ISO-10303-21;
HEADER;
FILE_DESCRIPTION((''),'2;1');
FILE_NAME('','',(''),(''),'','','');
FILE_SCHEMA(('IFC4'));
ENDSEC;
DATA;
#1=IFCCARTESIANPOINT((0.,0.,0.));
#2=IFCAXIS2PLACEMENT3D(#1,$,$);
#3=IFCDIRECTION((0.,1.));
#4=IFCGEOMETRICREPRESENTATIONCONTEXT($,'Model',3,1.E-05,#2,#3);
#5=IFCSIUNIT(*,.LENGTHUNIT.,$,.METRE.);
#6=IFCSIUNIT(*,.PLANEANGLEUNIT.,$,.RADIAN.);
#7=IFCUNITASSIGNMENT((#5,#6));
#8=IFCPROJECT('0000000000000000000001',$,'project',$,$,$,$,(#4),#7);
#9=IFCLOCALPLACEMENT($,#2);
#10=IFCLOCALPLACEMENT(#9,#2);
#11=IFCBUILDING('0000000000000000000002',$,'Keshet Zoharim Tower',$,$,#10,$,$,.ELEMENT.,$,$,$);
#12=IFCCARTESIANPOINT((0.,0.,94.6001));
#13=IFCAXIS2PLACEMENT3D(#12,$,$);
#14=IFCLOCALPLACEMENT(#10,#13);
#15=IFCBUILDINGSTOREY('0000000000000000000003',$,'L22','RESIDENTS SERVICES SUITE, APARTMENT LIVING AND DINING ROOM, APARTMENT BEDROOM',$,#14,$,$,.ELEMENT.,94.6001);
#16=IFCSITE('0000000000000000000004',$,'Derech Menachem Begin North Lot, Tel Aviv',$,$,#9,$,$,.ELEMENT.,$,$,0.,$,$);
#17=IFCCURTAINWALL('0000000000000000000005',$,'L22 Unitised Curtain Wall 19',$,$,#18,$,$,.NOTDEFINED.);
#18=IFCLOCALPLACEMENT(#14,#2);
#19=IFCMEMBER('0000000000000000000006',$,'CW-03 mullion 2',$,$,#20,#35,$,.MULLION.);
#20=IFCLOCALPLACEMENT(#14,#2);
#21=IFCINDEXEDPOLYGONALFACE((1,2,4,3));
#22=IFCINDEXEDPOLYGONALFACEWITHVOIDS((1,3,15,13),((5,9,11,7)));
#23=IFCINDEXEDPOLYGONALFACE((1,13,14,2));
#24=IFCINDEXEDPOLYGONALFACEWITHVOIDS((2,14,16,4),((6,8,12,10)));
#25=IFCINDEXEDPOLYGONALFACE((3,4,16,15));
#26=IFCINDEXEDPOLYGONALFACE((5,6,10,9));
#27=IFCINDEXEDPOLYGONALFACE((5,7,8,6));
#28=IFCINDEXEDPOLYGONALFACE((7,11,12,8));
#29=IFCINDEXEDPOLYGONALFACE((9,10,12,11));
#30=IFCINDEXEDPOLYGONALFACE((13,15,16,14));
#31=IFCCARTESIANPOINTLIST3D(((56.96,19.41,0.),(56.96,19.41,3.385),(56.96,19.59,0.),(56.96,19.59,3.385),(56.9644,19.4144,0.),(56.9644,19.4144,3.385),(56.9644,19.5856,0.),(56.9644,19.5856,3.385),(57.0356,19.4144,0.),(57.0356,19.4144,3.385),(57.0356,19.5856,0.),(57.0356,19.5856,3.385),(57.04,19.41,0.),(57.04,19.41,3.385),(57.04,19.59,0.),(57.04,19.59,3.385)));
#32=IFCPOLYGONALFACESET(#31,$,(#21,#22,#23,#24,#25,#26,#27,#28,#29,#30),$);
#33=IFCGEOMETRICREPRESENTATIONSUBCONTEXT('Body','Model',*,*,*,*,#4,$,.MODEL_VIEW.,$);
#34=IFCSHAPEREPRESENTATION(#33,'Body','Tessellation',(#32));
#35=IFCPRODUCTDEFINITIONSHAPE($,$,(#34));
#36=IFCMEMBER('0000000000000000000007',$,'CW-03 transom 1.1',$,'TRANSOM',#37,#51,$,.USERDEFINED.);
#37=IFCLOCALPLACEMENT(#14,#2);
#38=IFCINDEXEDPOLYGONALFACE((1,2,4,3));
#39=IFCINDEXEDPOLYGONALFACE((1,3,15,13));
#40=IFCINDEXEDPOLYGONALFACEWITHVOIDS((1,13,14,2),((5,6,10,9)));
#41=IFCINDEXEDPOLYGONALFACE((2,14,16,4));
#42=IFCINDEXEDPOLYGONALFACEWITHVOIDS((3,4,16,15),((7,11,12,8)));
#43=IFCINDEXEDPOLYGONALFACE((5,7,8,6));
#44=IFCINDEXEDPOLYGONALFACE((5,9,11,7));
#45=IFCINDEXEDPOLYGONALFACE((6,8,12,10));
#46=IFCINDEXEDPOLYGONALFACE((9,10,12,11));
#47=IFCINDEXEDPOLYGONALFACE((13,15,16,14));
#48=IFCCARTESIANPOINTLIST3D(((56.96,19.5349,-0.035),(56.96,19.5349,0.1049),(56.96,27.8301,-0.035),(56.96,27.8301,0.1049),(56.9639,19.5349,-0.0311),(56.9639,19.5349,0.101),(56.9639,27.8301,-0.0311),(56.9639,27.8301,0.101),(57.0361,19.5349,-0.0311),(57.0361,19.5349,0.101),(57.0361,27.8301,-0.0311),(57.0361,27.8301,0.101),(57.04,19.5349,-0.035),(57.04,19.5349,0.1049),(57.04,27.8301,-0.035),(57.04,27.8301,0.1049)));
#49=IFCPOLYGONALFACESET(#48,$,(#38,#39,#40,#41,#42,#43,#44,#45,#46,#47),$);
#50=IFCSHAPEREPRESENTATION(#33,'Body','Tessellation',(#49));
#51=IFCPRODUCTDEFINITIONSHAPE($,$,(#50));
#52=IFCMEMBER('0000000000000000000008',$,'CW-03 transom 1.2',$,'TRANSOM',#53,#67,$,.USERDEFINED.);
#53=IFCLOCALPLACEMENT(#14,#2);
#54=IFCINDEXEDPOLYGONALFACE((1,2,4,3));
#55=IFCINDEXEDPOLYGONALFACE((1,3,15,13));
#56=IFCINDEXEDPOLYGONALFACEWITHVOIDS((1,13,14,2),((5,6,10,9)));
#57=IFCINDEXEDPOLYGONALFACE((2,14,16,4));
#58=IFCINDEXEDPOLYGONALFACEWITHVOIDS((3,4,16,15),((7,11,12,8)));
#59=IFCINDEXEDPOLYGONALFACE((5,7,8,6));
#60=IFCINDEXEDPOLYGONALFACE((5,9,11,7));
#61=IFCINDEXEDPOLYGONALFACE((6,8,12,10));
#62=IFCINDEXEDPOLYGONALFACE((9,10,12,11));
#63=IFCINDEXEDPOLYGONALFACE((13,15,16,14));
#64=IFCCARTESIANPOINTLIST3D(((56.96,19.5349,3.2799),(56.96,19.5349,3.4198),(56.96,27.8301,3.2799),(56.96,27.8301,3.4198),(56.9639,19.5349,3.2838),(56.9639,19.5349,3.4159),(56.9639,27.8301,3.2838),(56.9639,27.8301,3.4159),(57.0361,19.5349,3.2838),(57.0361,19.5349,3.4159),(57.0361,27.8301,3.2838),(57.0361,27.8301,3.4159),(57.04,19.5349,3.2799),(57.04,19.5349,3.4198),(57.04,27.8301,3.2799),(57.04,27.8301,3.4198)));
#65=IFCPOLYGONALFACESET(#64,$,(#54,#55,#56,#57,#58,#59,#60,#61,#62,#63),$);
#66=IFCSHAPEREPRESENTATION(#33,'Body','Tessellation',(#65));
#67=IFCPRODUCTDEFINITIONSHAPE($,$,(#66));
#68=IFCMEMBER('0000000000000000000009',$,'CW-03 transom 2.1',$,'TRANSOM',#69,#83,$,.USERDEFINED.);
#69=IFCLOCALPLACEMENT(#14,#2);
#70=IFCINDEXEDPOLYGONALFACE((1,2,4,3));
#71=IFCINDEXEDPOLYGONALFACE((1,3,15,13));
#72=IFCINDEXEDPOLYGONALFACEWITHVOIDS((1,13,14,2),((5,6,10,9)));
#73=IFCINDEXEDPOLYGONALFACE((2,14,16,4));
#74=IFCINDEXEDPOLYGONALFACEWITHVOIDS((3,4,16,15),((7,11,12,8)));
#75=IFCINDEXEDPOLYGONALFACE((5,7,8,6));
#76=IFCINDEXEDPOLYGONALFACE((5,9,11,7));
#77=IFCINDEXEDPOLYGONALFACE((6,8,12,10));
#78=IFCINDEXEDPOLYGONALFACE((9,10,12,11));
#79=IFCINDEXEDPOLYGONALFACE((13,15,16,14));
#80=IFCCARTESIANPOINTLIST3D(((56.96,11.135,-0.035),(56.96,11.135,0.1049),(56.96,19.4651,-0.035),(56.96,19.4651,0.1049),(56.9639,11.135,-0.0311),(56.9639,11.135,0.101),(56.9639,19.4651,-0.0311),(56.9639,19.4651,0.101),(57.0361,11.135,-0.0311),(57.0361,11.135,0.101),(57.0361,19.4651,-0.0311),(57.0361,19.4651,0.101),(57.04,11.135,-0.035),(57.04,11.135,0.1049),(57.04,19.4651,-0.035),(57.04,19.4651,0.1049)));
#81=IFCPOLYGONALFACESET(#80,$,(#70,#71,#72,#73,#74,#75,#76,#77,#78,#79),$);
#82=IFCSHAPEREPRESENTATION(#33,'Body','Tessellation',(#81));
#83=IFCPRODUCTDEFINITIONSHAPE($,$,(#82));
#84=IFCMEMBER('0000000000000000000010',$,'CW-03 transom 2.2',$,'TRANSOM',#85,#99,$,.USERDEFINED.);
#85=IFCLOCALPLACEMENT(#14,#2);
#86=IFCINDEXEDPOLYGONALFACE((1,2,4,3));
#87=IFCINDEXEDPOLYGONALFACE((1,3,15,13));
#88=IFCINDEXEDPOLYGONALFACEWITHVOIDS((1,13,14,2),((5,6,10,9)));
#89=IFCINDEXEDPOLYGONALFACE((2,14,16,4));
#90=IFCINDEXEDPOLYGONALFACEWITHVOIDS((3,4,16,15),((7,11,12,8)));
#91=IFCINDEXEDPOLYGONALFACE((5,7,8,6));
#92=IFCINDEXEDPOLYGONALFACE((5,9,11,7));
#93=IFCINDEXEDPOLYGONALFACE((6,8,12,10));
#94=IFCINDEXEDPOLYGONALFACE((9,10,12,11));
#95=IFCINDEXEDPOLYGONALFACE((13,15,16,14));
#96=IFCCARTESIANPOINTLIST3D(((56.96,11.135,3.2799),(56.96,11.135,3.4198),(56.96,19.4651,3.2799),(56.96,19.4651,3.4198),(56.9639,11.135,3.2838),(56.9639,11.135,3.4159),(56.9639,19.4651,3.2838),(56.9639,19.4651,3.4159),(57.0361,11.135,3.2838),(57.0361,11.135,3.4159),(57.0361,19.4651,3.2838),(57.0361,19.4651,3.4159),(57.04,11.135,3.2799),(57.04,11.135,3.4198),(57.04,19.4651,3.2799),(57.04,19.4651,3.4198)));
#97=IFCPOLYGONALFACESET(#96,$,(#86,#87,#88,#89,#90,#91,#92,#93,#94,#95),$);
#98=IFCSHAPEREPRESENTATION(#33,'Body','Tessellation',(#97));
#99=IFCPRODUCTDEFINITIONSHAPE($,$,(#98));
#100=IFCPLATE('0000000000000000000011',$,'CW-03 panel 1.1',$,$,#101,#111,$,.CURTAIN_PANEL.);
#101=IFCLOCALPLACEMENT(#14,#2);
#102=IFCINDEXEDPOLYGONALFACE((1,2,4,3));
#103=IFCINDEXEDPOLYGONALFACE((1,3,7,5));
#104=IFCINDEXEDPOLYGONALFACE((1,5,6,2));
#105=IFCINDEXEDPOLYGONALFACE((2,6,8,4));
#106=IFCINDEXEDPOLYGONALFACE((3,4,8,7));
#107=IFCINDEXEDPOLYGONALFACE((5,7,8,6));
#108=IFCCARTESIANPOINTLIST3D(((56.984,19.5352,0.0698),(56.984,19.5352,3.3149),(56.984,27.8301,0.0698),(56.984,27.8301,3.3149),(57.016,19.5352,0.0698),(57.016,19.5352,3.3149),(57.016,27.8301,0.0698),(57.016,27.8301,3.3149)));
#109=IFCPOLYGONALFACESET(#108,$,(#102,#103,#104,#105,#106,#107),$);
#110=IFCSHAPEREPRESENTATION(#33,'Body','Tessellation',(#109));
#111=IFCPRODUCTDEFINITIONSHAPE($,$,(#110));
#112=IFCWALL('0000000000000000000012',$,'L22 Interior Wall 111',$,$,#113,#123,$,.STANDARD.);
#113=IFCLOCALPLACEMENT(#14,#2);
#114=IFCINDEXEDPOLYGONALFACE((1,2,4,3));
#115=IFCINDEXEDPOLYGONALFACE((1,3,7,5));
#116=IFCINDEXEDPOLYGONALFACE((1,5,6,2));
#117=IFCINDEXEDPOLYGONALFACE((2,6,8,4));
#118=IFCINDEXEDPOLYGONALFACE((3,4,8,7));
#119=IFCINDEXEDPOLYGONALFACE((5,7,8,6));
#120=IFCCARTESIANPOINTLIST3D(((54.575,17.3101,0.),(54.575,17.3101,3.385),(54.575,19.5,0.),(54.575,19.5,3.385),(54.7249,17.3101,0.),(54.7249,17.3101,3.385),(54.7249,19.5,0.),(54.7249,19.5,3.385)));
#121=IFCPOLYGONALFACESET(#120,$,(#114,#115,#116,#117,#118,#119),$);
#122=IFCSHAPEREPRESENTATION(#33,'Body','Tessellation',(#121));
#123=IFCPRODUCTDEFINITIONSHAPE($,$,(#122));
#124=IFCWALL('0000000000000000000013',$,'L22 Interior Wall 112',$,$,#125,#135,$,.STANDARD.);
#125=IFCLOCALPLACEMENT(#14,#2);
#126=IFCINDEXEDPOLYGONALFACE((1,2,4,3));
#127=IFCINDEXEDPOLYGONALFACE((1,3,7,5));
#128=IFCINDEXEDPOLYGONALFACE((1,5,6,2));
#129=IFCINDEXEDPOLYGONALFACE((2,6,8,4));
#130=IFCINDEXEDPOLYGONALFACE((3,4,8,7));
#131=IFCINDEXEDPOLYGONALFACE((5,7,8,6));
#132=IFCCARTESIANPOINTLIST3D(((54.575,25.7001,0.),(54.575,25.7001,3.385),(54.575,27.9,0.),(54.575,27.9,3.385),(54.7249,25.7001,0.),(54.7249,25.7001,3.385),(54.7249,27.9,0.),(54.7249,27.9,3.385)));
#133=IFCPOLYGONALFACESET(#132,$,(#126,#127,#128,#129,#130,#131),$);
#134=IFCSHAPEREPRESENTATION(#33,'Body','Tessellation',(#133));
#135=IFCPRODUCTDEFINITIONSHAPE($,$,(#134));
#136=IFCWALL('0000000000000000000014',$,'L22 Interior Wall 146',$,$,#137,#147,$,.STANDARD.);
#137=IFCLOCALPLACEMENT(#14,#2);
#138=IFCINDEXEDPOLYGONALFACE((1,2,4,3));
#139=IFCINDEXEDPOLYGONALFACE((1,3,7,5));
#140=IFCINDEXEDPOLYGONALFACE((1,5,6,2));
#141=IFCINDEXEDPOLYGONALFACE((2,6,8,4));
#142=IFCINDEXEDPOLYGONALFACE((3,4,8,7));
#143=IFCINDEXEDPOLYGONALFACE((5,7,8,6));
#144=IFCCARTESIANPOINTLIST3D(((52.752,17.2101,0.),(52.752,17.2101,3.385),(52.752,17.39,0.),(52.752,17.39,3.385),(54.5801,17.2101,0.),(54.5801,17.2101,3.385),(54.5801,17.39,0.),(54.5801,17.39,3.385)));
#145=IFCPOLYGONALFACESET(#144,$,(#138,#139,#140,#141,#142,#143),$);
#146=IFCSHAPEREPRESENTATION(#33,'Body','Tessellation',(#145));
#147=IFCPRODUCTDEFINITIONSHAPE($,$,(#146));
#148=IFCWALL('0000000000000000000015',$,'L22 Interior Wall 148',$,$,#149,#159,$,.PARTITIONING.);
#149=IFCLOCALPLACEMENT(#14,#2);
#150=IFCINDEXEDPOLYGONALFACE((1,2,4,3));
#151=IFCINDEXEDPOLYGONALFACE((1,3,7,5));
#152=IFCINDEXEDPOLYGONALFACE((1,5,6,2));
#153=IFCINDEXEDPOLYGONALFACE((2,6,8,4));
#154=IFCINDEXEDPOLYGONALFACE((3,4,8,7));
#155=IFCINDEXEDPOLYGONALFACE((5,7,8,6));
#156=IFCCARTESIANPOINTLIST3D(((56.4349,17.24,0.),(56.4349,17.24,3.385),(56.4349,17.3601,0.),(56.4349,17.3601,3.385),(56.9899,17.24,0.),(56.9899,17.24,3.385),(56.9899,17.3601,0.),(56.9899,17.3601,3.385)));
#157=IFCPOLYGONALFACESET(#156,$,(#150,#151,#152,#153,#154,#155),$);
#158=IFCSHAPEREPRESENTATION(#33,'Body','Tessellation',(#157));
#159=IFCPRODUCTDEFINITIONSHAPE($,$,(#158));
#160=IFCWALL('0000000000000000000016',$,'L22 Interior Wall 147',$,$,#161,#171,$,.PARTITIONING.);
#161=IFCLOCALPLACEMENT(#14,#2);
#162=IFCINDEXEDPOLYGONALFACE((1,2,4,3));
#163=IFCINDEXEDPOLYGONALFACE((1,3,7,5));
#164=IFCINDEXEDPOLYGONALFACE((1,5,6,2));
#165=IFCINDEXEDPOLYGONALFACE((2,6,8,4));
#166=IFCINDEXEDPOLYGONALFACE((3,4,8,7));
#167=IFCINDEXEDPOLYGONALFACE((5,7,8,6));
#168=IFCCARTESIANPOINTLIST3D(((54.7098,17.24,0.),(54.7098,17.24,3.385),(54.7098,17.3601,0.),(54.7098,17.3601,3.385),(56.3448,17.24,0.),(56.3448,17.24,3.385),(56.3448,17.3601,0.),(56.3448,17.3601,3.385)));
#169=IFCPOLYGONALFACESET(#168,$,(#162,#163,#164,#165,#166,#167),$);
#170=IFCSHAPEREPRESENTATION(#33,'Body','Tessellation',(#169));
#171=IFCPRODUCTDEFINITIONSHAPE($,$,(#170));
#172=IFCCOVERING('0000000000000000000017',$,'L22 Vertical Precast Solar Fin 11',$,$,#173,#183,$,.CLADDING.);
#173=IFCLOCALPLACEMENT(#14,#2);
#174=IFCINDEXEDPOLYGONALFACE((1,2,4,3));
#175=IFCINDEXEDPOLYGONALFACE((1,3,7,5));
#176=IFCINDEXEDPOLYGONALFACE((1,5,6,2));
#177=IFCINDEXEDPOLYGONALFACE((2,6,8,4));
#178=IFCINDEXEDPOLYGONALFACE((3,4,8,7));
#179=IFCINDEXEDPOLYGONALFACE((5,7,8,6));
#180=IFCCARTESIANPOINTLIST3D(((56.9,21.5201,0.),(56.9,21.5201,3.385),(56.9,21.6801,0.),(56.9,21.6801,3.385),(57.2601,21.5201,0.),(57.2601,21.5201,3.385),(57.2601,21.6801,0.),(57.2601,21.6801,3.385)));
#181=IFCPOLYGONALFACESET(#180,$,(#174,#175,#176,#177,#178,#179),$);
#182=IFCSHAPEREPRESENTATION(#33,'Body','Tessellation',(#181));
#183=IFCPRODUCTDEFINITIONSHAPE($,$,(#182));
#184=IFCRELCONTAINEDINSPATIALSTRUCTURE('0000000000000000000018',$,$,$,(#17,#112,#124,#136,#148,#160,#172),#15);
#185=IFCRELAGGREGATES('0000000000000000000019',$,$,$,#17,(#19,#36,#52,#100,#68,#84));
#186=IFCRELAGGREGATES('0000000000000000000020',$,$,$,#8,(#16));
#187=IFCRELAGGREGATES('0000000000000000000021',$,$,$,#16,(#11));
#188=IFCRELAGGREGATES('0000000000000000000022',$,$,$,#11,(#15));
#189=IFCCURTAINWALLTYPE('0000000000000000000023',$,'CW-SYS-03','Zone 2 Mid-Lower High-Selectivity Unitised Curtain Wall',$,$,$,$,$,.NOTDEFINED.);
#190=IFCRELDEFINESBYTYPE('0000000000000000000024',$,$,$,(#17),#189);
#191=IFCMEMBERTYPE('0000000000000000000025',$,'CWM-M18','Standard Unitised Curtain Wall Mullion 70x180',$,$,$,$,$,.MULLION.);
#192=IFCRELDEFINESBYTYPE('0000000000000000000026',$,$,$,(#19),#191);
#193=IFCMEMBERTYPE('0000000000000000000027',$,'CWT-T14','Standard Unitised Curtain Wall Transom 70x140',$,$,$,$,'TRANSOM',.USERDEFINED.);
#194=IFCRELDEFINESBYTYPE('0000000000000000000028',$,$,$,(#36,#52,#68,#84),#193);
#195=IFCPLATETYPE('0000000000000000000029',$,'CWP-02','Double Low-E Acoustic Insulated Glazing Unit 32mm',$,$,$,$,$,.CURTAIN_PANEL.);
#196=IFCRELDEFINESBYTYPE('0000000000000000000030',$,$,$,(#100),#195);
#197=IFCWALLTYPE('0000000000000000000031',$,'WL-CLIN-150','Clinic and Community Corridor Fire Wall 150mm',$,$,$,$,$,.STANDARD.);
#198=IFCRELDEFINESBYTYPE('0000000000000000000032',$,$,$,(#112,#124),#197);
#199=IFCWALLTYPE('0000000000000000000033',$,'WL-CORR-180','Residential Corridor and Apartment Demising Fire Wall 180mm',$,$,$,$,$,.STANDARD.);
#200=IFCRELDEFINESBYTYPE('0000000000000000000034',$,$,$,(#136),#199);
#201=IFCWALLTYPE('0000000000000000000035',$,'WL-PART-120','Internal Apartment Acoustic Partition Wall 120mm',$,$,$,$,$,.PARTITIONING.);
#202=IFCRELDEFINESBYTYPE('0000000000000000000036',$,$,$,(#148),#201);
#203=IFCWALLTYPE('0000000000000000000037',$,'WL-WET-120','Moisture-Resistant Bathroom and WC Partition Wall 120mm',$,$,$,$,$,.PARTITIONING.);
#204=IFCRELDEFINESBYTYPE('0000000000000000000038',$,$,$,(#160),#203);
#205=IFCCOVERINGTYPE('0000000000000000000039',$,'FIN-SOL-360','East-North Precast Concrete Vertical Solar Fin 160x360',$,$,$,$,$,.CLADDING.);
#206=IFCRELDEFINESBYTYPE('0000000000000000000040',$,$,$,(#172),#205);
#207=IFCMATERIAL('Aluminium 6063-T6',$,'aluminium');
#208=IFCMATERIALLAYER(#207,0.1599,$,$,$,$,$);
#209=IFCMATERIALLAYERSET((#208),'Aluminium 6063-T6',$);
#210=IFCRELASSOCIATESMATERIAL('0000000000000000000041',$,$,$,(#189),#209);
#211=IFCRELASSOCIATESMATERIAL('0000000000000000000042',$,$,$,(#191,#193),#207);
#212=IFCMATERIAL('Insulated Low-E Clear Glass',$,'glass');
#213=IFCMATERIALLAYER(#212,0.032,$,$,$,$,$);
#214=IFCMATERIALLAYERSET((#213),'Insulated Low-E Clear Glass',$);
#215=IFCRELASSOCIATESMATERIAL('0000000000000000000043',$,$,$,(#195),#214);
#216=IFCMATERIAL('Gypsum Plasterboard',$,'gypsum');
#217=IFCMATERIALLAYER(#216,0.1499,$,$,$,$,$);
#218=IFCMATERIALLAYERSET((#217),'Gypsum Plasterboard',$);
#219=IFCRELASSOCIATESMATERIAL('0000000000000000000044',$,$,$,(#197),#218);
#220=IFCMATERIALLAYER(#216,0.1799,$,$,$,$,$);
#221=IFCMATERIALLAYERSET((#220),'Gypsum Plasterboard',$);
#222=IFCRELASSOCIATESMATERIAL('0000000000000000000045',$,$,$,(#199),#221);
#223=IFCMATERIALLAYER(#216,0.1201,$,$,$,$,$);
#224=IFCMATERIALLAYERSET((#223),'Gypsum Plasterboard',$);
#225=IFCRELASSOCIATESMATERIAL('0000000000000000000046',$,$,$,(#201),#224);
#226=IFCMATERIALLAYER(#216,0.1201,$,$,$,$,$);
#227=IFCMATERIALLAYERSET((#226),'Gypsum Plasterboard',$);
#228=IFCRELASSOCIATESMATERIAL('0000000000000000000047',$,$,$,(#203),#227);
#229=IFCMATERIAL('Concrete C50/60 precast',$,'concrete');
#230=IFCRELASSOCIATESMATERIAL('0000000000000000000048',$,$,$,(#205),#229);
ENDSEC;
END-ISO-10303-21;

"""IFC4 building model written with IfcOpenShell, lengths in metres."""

from ifc_helpers import new_model, si_unit, direction, frame, frame_2d, origin, origin_2d, place, context, subcontext, project, spatial, rectangle, hollow_rectangle, extrude, material, layer, layer_set, material_profile, profile_set, type_object, element, aggregate, save


model = new_model("IFC4")

# Units and contexts
model_context = context("Model", 3, precision=1e-05, world=origin(), true_north=direction((0.0, 1.0)))
body_context = subcontext(model_context, "Body", "Model", "MODEL_VIEW")
ifc_project = project(units=[si_unit("LENGTHUNIT", "METRE"), si_unit("PLANEANGLEUNIT", "RADIAN")], contexts=[model_context])

# Site, building, storey
site_placement = place(None, origin())
site = spatial("IfcSite", under=ifc_project, at=site_placement, Name="Derech Menachem Begin North Lot, Tel Aviv", CompositionType="ELEMENT", RefElevation=0.0)
building_placement = place(site_placement, origin())
building = spatial("IfcBuilding", under=site, at=building_placement, Name="Keshet Zoharim Tower", CompositionType="ELEMENT")
storey_placement = place(building_placement, frame((0.0, 0.0, 94.6001)))
storey = spatial("IfcBuildingStorey", under=building, at=storey_placement, Name="L22", Description="RESIDENTS SERVICES SUITE, APARTMENT LIVING AND DINING ROOM, APARTMENT BEDROOM", CompositionType="ELEMENT", Elevation=94.6001)

# Curtain wall, members, plate
ifc_material_1 = material(Name="Aluminium 6063-T6", Category="aluminium")
ifc_layer_1 = layer(ifc_material_1, 0.1599)
ifc_layer_set_1 = layer_set([ifc_layer_1], Name="Aluminium 6063-T6")
curtain_wall_type = type_object("IfcCurtainWallType", Name="CW-SYS-03", Description="Zone 2 Mid-Lower High-Selectivity Unitised Curtain Wall", PredefinedType="NOTDEFINED", material=ifc_layer_set_1)
curtain_wall_placement = place(storey_placement, origin())
curtain_wall = element("IfcCurtainWall", 1, at=curtain_wall_placement, inside=storey, type_object=curtain_wall_type, Name="L22 Unitised Curtain Wall 19", PredefinedType="NOTDEFINED")
ifc_material_profile_1 = material_profile(ifc_material_1, hollow_rectangle(XDim=0.0801, YDim=0.1799, WallThickness=0.0044, at=origin_2d()), Name="MUL-80x180")
ifc_profile_set_1 = profile_set([ifc_material_profile_1], Name="Aluminium 6063-T6")
member_type_1 = type_object("IfcMemberType", Name="CWM-M18", Description="Standard Unitised Curtain Wall Mullion 70x180", PredefinedType="MULLION", material=ifc_profile_set_1)
member_1_placement = place(storey_placement, frame((57.0, 19.5, 0.0), z_axis=(0.0, 0.0, 1.0), x_axis=(1.0, 0.0, 0.0)))
member_1 = element("IfcMember", 2, at=member_1_placement, type_object=member_type_1, Name="CW-03 mullion 2", PredefinedType="MULLION", context=body_context, shape_type="SweptSolid", body=[
    extrude(hollow_rectangle(XDim=0.0801, YDim=0.1799, WallThickness=0.0044, at=origin_2d()), origin(), (0.0, 0.0, 1.0), 3.385),
])
ifc_material_profile_2 = material_profile(ifc_material_1, hollow_rectangle(XDim=0.0801, YDim=0.1399, WallThickness=0.0039, at=origin_2d()), Name="TRN-80x140")
ifc_profile_set_2 = profile_set([ifc_material_profile_2], Name="Aluminium 6063-T6")
member_type_2 = type_object("IfcMemberType", Name="CWT-T14", Description="Standard Unitised Curtain Wall Transom 70x140", ElementType="TRANSOM", PredefinedType="USERDEFINED", material=ifc_profile_set_2)
member_2_placement = place(storey_placement, frame((57.0, 27.8301, 0.0349), z_axis=(0.0, -1.0, 0.0), x_axis=(1.0, 0.0, 0.0)))
member_2 = element("IfcMember", 3, at=member_2_placement, type_object=member_type_2, Name="CW-03 transom 1.1", ObjectType="TRANSOM", PredefinedType="USERDEFINED", context=body_context, shape_type="SweptSolid", body=[
    extrude(hollow_rectangle(XDim=0.0801, YDim=0.1399, WallThickness=0.0039, at=origin_2d()), origin(), (0.0, 0.0, 1.0), 8.2952),
])
member_3_placement = place(storey_placement, frame((57.0, 27.8301, 3.3499), z_axis=(0.0, -1.0, 0.0), x_axis=(1.0, 0.0, 0.0)))
member_3 = element("IfcMember", 4, at=member_3_placement, type_object=member_type_2, Name="CW-03 transom 1.2", ObjectType="TRANSOM", PredefinedType="USERDEFINED", context=body_context, shape_type="SweptSolid", body=[
    extrude(hollow_rectangle(XDim=0.0801, YDim=0.1399, WallThickness=0.0039, at=origin_2d()), origin(), (0.0, 0.0, 1.0), 8.2952),
])
member_4_placement = place(storey_placement, frame((57.0, 19.4651, 0.0349), z_axis=(0.0, -1.0, 0.0), x_axis=(1.0, 0.0, 0.0)))
member_4 = element("IfcMember", 5, at=member_4_placement, type_object=member_type_2, Name="CW-03 transom 2.1", ObjectType="TRANSOM", PredefinedType="USERDEFINED", context=body_context, shape_type="SweptSolid", body=[
    extrude(hollow_rectangle(XDim=0.0801, YDim=0.1399, WallThickness=0.0039, at=origin_2d()), origin(), (0.0, 0.0, 1.0), 8.3301),
])
member_5_placement = place(storey_placement, frame((57.0, 19.4651, 3.3499), z_axis=(0.0, -1.0, 0.0), x_axis=(1.0, 0.0, 0.0)))
member_5 = element("IfcMember", 6, at=member_5_placement, type_object=member_type_2, Name="CW-03 transom 2.2", ObjectType="TRANSOM", PredefinedType="USERDEFINED", context=body_context, shape_type="SweptSolid", body=[
    extrude(hollow_rectangle(XDim=0.0801, YDim=0.1399, WallThickness=0.0039, at=origin_2d()), origin(), (0.0, 0.0, 1.0), 8.3301),
])
ifc_material_2 = material(Name="Insulated Low-E Clear Glass", Category="glass")
ifc_layer_2 = layer(ifc_material_2, 0.032)
ifc_layer_set_2 = layer_set([ifc_layer_2], Name="Insulated Low-E Clear Glass")
plate_type = type_object("IfcPlateType", Name="CWP-02", Description="Double Low-E Acoustic Insulated Glazing Unit 32mm", PredefinedType="CURTAIN_PANEL", material=ifc_layer_set_2)
plate_placement = place(storey_placement, frame((57.0, 23.6826, 0.0698), z_axis=(0.0, 0.0, 1.0), x_axis=(0.0, -1.0, 0.0)))
plate = element("IfcPlate", 7, at=plate_placement, type_object=plate_type, Name="CW-03 panel 1.1", PredefinedType="CURTAIN_PANEL", context=body_context, shape_type="SweptSolid", body=[
    extrude(rectangle(XDim=8.2949, YDim=0.032, at=origin_2d()), origin(), (0.0, 0.0, 1.0), 3.2451),
])
aggregate(curtain_wall, [member_1, member_2, member_3, plate, member_4, member_5])

# Walls
ifc_material_3 = material(Name="Gypsum Plasterboard", Category="gypsum")
ifc_layer_3 = layer(ifc_material_3, 0.1499)
ifc_layer_set_3 = layer_set([ifc_layer_3], Name="Gypsum Plasterboard")
wall_type_1 = type_object("IfcWallType", Name="WL-CLIN-150", Description="Clinic and Community Corridor Fire Wall 150mm", PredefinedType="STANDARD", material=ifc_layer_set_3)
wall_1_placement = place(storey_placement, frame((54.6499, 17.3101, 0.0), z_axis=(0.0, 0.0, 1.0), x_axis=(0.0, 1.0, 0.0)))
element("IfcWall", 8, at=wall_1_placement, inside=storey, type_object=wall_type_1, Name="L22 Interior Wall 111", PredefinedType="STANDARD", context=body_context, shape_type="SweptSolid", body=[
    extrude(rectangle(XDim=2.1899, YDim=0.1499, at=frame_2d((1.095, 0.0))), origin(), (0.0, 0.0, 1.0), 3.385),
])
wall_2_placement = place(storey_placement, frame((54.6499, 25.7, 0.0), z_axis=(0.0, 0.0, 1.0), x_axis=(0.0, 1.0, 0.0)))
element("IfcWall", 9, at=wall_2_placement, inside=storey, type_object=wall_type_1, Name="L22 Interior Wall 112", PredefinedType="STANDARD", context=body_context, shape_type="SweptSolid", body=[
    extrude(rectangle(XDim=2.2, YDim=0.1499, at=frame_2d((1.1001, 0.0))), origin(), (0.0, 0.0, 1.0), 3.385),
])
ifc_layer_4 = layer(ifc_material_3, 0.1799)
ifc_layer_set_4 = layer_set([ifc_layer_4], Name="Gypsum Plasterboard")
wall_type_2 = type_object("IfcWallType", Name="WL-CORR-180", Description="Residential Corridor and Apartment Demising Fire Wall 180mm", PredefinedType="STANDARD", material=ifc_layer_set_4)
wall_3_placement = place(storey_placement, frame((52.752, 17.3, 0.0), z_axis=(0.0, 0.0, 1.0), x_axis=(1.0, 0.0, 0.0)))
element("IfcWall", 10, at=wall_3_placement, inside=storey, type_object=wall_type_2, Name="L22 Interior Wall 146", PredefinedType="STANDARD", context=body_context, shape_type="SweptSolid", body=[
    extrude(rectangle(XDim=1.8281, YDim=0.1799, at=frame_2d((0.9141, 0.0))), origin(), (0.0, 0.0, 1.0), 3.385),
])
ifc_layer_5 = layer(ifc_material_3, 0.1201)
ifc_layer_set_5 = layer_set([ifc_layer_5], Name="Gypsum Plasterboard")
wall_type_3 = type_object("IfcWallType", Name="WL-PART-120", Description="Internal Apartment Acoustic Partition Wall 120mm", PredefinedType="PARTITIONING", material=ifc_layer_set_5)
wall_4_placement = place(storey_placement, frame((56.4351, 17.3, 0.0), z_axis=(0.0, 0.0, 1.0), x_axis=(1.0, 0.0, 0.0)))
element("IfcWall", 11, at=wall_4_placement, inside=storey, type_object=wall_type_3, Name="L22 Interior Wall 148", PredefinedType="PARTITIONING", context=body_context, shape_type="SweptSolid", body=[
    extrude(rectangle(XDim=0.5549, YDim=0.1201, at=frame_2d((0.2773, 0.0))), origin(), (0.0, 0.0, 1.0), 3.385),
])
ifc_layer_6 = layer(ifc_material_3, 0.1201)
ifc_layer_set_6 = layer_set([ifc_layer_6], Name="Gypsum Plasterboard")
wall_type_4 = type_object("IfcWallType", Name="WL-WET-120", Description="Moisture-Resistant Bathroom and WC Partition Wall 120mm", PredefinedType="PARTITIONING", material=ifc_layer_set_6)
wall_5_placement = place(storey_placement, frame((54.71, 17.3, 0.0), z_axis=(0.0, 0.0, 1.0), x_axis=(1.0, 0.0, 0.0)))
element("IfcWall", 12, at=wall_5_placement, inside=storey, type_object=wall_type_4, Name="L22 Interior Wall 147", PredefinedType="PARTITIONING", context=body_context, shape_type="SweptSolid", body=[
    extrude(rectangle(XDim=1.635, YDim=0.1201, at=frame_2d((0.8174, 0.0))), origin(), (0.0, 0.0, 1.0), 3.385),
])

# Covering
ifc_material_4 = material(Name="Concrete C50/60 precast", Category="concrete")
covering_type = type_object("IfcCoveringType", Name="FIN-SOL-360", Description="East-North Precast Concrete Vertical Solar Fin 160x360", PredefinedType="CLADDING", material=ifc_material_4)
covering_placement = place(storey_placement, frame((57.0801, 21.6001, 0.0), z_axis=(0.0, 0.0, 1.0), x_axis=(0.0, -1.0, 0.0)))
element("IfcCovering", 13, at=covering_placement, inside=storey, type_object=covering_type, Name="L22 Vertical Precast Solar Fin 11", PredefinedType="CLADDING", context=body_context, shape_type="SweptSolid", body=[
    extrude(rectangle(XDim=0.1599, YDim=0.3601, at=origin_2d()), origin(), (0.0, 0.0, 1.0), 3.385),
])

save(model, "model.ifc")
